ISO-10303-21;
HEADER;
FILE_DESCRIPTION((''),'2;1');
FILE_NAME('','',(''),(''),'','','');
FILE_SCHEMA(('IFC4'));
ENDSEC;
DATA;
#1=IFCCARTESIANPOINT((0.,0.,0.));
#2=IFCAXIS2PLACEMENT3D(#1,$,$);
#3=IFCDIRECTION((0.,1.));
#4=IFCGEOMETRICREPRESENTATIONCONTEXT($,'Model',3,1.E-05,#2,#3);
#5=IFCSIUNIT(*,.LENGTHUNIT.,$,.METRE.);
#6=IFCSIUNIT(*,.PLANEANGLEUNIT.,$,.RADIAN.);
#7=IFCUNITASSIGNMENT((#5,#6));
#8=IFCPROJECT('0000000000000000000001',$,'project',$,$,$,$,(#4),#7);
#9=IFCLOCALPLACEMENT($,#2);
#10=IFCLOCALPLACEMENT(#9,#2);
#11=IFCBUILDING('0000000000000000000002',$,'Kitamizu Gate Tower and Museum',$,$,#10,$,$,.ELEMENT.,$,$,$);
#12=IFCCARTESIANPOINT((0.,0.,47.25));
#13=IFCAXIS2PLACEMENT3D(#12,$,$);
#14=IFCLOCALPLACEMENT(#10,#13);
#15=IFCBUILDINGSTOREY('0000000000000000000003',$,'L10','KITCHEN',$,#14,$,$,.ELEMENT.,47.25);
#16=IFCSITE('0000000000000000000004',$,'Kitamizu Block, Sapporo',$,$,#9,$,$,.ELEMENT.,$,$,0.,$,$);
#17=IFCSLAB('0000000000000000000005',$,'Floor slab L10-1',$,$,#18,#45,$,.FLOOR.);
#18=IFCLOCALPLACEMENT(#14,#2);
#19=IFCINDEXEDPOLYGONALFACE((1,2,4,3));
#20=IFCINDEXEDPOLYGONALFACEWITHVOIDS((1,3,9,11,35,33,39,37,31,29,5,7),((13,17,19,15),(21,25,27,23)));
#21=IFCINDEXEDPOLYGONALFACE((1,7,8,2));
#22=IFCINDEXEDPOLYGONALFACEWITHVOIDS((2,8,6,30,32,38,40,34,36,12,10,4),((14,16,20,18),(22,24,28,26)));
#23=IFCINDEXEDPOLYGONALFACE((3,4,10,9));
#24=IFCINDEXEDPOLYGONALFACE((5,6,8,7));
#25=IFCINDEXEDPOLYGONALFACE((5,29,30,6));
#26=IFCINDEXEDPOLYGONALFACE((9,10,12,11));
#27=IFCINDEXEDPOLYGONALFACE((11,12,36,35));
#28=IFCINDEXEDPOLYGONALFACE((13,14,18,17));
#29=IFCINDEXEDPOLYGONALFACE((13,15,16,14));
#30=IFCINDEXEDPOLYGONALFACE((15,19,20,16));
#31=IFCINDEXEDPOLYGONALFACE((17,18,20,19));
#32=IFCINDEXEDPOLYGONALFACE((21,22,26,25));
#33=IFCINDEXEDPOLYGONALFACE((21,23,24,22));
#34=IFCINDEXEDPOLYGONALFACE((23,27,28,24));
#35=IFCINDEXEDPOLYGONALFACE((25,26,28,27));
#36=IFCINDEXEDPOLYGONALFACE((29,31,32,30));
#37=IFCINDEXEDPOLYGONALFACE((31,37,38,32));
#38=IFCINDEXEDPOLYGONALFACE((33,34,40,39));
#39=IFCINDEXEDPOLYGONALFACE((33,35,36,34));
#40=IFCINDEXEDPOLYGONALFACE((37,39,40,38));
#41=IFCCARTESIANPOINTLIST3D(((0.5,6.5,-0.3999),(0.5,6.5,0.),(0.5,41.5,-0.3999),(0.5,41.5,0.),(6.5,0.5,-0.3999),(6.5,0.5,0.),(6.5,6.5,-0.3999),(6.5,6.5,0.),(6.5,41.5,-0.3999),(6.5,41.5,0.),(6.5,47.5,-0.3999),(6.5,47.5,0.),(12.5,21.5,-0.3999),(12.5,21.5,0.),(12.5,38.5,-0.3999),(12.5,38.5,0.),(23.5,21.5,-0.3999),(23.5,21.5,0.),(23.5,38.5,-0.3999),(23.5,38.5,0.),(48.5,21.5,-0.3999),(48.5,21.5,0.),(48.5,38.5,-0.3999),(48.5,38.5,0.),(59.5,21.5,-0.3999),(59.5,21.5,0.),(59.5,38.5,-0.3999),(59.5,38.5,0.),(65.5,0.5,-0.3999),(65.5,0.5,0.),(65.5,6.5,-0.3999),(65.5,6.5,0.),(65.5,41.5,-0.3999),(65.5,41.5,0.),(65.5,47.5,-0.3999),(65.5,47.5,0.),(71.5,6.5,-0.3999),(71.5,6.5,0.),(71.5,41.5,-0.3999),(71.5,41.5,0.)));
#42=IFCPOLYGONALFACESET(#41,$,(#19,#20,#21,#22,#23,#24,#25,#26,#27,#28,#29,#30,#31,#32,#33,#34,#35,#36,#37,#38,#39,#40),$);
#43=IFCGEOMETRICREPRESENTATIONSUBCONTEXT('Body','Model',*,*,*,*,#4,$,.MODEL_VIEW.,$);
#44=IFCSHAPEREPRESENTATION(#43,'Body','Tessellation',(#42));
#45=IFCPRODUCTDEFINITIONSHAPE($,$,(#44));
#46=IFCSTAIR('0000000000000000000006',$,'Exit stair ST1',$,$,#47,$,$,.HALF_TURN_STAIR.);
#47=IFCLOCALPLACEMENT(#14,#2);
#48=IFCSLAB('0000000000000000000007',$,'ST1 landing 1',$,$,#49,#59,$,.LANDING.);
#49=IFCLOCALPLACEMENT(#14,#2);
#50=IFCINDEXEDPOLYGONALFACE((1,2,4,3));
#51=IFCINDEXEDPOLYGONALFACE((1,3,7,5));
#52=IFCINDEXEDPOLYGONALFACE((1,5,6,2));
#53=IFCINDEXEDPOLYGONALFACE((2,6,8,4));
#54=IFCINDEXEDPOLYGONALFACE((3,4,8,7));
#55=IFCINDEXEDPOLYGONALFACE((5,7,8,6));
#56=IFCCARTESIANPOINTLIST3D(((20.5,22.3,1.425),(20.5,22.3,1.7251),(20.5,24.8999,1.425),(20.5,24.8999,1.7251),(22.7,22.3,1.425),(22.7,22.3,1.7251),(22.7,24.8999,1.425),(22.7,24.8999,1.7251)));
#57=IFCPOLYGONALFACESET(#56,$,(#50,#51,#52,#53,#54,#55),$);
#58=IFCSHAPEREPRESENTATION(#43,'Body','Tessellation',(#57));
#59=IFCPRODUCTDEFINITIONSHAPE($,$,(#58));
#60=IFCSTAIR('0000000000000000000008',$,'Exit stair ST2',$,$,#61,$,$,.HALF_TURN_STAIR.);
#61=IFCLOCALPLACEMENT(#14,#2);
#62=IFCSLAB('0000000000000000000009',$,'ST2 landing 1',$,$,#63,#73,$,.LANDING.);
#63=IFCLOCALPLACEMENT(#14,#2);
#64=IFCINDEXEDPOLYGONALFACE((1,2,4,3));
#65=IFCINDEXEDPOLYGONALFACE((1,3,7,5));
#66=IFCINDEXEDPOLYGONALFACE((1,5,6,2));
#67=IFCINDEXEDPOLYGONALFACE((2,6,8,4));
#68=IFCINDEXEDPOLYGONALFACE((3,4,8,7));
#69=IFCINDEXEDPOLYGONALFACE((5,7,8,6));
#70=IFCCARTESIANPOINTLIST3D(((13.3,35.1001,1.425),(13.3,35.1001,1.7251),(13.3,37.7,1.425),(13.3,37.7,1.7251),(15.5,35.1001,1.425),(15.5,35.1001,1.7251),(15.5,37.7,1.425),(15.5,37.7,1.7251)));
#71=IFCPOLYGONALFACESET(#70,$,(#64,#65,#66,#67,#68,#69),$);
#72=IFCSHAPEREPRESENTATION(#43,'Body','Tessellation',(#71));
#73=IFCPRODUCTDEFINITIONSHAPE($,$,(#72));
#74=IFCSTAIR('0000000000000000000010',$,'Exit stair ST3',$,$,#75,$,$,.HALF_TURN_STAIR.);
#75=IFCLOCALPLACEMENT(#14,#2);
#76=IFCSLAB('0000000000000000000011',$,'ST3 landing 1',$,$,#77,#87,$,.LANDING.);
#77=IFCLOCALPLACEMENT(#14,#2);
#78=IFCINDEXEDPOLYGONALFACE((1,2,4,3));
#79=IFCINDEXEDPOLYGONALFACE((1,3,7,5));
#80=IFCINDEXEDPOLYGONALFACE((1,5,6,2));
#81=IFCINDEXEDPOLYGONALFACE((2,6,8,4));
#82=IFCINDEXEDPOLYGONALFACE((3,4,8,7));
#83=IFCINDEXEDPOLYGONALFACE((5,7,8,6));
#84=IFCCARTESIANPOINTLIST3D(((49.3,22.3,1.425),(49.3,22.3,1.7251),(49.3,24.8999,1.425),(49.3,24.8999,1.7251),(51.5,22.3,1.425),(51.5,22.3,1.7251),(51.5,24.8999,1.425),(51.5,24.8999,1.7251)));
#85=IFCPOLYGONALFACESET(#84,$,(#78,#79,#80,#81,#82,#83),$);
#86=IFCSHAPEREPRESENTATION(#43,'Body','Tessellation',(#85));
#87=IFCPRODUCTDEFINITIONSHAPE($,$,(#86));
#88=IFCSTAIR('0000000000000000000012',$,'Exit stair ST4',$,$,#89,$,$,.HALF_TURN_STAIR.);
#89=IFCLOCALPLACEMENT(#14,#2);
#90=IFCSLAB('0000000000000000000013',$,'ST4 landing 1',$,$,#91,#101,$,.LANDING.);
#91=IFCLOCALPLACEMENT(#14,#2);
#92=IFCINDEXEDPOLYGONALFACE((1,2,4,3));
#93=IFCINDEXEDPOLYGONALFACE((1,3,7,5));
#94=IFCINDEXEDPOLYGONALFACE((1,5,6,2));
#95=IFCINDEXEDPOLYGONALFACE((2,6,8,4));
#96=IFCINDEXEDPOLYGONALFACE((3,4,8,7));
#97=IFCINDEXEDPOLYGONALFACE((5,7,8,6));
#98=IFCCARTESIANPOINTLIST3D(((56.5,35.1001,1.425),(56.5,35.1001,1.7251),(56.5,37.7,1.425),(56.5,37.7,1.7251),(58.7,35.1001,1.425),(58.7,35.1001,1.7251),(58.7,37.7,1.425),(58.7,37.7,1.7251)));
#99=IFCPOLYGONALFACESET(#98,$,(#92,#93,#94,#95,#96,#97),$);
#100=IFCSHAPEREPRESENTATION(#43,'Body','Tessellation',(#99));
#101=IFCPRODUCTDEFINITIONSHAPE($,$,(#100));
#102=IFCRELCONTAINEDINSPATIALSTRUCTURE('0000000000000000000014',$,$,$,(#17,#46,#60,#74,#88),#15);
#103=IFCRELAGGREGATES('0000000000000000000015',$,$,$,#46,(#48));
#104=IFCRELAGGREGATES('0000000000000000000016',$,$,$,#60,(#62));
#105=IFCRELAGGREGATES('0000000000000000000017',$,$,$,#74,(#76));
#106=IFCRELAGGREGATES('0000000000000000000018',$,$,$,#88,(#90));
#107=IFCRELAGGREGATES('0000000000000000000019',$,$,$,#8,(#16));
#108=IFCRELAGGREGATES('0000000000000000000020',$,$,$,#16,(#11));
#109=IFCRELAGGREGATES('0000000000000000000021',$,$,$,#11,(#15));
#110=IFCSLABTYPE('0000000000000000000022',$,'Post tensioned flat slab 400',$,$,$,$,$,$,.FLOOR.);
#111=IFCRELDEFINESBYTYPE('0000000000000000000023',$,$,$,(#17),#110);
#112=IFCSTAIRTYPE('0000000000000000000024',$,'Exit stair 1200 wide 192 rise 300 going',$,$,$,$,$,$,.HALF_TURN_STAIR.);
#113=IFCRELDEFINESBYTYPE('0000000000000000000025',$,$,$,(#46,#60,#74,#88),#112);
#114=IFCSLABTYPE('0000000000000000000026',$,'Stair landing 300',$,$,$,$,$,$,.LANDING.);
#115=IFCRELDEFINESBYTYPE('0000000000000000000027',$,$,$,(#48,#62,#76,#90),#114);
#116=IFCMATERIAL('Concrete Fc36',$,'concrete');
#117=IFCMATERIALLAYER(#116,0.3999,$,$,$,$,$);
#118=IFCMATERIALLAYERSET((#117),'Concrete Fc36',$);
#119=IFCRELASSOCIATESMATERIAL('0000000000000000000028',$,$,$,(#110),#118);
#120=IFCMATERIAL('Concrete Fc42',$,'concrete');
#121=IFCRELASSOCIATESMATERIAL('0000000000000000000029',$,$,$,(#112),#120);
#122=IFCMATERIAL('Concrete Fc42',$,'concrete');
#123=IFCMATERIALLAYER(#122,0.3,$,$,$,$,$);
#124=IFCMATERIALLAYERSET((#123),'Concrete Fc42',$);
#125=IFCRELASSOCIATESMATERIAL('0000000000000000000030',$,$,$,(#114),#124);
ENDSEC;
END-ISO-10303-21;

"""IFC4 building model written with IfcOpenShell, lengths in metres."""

from ifc_helpers import new_model, si_unit, direction, frame, origin, place, context, subcontext, project, spatial, polyline, outline, extrude, material, layer, layer_set, type_object, element, aggregate, save


model = new_model("IFC4")

# Units and contexts
model_context = context("Model", 3, precision=1e-05, world=origin(), true_north=direction((0.0, 1.0)))
body_context = subcontext(model_context, "Body", "Model", "MODEL_VIEW")
ifc_project = project(units=[si_unit("LENGTHUNIT", "METRE"), si_unit("PLANEANGLEUNIT", "RADIAN")], contexts=[model_context])

# Site, building, storey
site_placement = place(None, origin())
site = spatial("IfcSite", under=ifc_project, at=site_placement, Name="Kitamizu Block, Sapporo", CompositionType="ELEMENT", RefElevation=0.0)
building_placement = place(site_placement, origin())
building = spatial("IfcBuilding", under=site, at=building_placement, Name="Kitamizu Gate Tower and Museum", CompositionType="ELEMENT")
storey_placement = place(building_placement, frame((0.0, 0.0, 47.25)))
storey = spatial("IfcBuildingStorey", under=building, at=storey_placement, Name="L10", Description="KITCHEN", CompositionType="ELEMENT", Elevation=47.25)

# Slab
ifc_material_1 = material(Name="Concrete Fc36", Category="concrete")
ifc_layer_1 = layer(ifc_material_1, 0.3999)
ifc_layer_set_1 = layer_set([ifc_layer_1], Name="Concrete Fc36")
slab_type_1 = type_object("IfcSlabType", Name="Post tensioned flat slab 400", PredefinedType="FLOOR", material=ifc_layer_set_1)
slab_1_placement = place(storey_placement, frame((0.0, 0.0, -0.3999)))
element("IfcSlab", 1, at=slab_1_placement, inside=storey, type_object=slab_type_1, Name="Floor slab L10-1", PredefinedType="FLOOR", context=body_context, shape_type="SweptSolid", body=[
    extrude(outline(polyline([(0.5, 6.5), (0.5, 41.5), (6.5, 41.5), (6.5, 47.5), (65.5, 47.5), (65.5, 41.5), (71.5, 41.5), (71.5, 6.5), (65.5, 6.5), (65.5, 0.5), (6.5, 0.5), (6.5, 6.5), (0.5, 6.5)]), holes=[polyline([(59.5, 38.5), (48.5, 38.5), (48.5, 21.5), (59.5, 21.5), (59.5, 38.5)]), polyline([(12.5, 38.5), (12.5, 21.5), (23.5, 21.5), (23.5, 38.5), (12.5, 38.5)])]), origin(), (0.0, 0.0, 1.0), 0.3999),
])

# Stairs, slabs
ifc_material_2 = material(Name="Concrete Fc42", Category="concrete")
stair_type = type_object("IfcStairType", Name="Exit stair 1200 wide 192 rise 300 going", PredefinedType="HALF_TURN_STAIR", material=ifc_material_2)
stair_1_placement = place(storey_placement, origin())
stair_1 = element("IfcStair", 2, at=stair_1_placement, inside=storey, type_object=stair_type, Name="Exit stair ST1", PredefinedType="HALF_TURN_STAIR")
ifc_material_3 = material(Name="Concrete Fc42", Category="concrete")
ifc_layer_2 = layer(ifc_material_3, 0.3)
ifc_layer_set_2 = layer_set([ifc_layer_2], Name="Concrete Fc42")
slab_type_2 = type_object("IfcSlabType", Name="Stair landing 300", PredefinedType="LANDING", material=ifc_layer_set_2)
slab_2_placement = place(storey_placement, frame((0.0, 0.0, 1.425)))
slab_2 = element("IfcSlab", 3, at=slab_2_placement, type_object=slab_type_2, Name="ST1 landing 1", PredefinedType="LANDING", context=body_context, shape_type="SweptSolid", body=[
    extrude(outline(polyline([(20.5, 22.3), (22.7, 22.3), (22.7, 24.8999), (20.5, 24.8999), (20.5, 22.3)])), origin(), (0.0, 0.0, 1.0), 0.3),
])
aggregate(stair_1, [slab_2])
stair_2_placement = place(storey_placement, origin())
stair_2 = element("IfcStair", 4, at=stair_2_placement, inside=storey, type_object=stair_type, Name="Exit stair ST2", PredefinedType="HALF_TURN_STAIR")
slab_3_placement = place(storey_placement, frame((0.0, 0.0, 1.425)))
slab_3 = element("IfcSlab", 5, at=slab_3_placement, type_object=slab_type_2, Name="ST2 landing 1", PredefinedType="LANDING", context=body_context, shape_type="SweptSolid", body=[
    extrude(outline(polyline([(13.3, 35.1001), (15.5, 35.1001), (15.5, 37.7), (13.3, 37.7), (13.3, 35.1001)])), origin(), (0.0, 0.0, 1.0), 0.3),
])
aggregate(stair_2, [slab_3])
stair_3_placement = place(storey_placement, origin())
stair_3 = element("IfcStair", 6, at=stair_3_placement, inside=storey, type_object=stair_type, Name="Exit stair ST3", PredefinedType="HALF_TURN_STAIR")
slab_4_placement = place(storey_placement, frame((0.0, 0.0, 1.425)))
slab_4 = element("IfcSlab", 7, at=slab_4_placement, type_object=slab_type_2, Name="ST3 landing 1", PredefinedType="LANDING", context=body_context, shape_type="SweptSolid", body=[
    extrude(outline(polyline([(49.3, 22.3), (51.5, 22.3), (51.5, 24.8999), (49.3, 24.8999), (49.3, 22.3)])), origin(), (0.0, 0.0, 1.0), 0.3),
])
aggregate(stair_3, [slab_4])
stair_4_placement = place(storey_placement, origin())
stair_4 = element("IfcStair", 8, at=stair_4_placement, inside=storey, type_object=stair_type, Name="Exit stair ST4", PredefinedType="HALF_TURN_STAIR")
slab_5_placement = place(storey_placement, frame((0.0, 0.0, 1.425)))
slab_5 = element("IfcSlab", 9, at=slab_5_placement, type_object=slab_type_2, Name="ST4 landing 1", PredefinedType="LANDING", context=body_context, shape_type="SweptSolid", body=[
    extrude(outline(polyline([(56.5, 35.1001), (58.7, 35.1001), (58.7, 37.7), (56.5, 37.7), (56.5, 35.1001)])), origin(), (0.0, 0.0, 1.0), 0.3),
])
aggregate(stair_4, [slab_5])

save(model, "model.ifc")
